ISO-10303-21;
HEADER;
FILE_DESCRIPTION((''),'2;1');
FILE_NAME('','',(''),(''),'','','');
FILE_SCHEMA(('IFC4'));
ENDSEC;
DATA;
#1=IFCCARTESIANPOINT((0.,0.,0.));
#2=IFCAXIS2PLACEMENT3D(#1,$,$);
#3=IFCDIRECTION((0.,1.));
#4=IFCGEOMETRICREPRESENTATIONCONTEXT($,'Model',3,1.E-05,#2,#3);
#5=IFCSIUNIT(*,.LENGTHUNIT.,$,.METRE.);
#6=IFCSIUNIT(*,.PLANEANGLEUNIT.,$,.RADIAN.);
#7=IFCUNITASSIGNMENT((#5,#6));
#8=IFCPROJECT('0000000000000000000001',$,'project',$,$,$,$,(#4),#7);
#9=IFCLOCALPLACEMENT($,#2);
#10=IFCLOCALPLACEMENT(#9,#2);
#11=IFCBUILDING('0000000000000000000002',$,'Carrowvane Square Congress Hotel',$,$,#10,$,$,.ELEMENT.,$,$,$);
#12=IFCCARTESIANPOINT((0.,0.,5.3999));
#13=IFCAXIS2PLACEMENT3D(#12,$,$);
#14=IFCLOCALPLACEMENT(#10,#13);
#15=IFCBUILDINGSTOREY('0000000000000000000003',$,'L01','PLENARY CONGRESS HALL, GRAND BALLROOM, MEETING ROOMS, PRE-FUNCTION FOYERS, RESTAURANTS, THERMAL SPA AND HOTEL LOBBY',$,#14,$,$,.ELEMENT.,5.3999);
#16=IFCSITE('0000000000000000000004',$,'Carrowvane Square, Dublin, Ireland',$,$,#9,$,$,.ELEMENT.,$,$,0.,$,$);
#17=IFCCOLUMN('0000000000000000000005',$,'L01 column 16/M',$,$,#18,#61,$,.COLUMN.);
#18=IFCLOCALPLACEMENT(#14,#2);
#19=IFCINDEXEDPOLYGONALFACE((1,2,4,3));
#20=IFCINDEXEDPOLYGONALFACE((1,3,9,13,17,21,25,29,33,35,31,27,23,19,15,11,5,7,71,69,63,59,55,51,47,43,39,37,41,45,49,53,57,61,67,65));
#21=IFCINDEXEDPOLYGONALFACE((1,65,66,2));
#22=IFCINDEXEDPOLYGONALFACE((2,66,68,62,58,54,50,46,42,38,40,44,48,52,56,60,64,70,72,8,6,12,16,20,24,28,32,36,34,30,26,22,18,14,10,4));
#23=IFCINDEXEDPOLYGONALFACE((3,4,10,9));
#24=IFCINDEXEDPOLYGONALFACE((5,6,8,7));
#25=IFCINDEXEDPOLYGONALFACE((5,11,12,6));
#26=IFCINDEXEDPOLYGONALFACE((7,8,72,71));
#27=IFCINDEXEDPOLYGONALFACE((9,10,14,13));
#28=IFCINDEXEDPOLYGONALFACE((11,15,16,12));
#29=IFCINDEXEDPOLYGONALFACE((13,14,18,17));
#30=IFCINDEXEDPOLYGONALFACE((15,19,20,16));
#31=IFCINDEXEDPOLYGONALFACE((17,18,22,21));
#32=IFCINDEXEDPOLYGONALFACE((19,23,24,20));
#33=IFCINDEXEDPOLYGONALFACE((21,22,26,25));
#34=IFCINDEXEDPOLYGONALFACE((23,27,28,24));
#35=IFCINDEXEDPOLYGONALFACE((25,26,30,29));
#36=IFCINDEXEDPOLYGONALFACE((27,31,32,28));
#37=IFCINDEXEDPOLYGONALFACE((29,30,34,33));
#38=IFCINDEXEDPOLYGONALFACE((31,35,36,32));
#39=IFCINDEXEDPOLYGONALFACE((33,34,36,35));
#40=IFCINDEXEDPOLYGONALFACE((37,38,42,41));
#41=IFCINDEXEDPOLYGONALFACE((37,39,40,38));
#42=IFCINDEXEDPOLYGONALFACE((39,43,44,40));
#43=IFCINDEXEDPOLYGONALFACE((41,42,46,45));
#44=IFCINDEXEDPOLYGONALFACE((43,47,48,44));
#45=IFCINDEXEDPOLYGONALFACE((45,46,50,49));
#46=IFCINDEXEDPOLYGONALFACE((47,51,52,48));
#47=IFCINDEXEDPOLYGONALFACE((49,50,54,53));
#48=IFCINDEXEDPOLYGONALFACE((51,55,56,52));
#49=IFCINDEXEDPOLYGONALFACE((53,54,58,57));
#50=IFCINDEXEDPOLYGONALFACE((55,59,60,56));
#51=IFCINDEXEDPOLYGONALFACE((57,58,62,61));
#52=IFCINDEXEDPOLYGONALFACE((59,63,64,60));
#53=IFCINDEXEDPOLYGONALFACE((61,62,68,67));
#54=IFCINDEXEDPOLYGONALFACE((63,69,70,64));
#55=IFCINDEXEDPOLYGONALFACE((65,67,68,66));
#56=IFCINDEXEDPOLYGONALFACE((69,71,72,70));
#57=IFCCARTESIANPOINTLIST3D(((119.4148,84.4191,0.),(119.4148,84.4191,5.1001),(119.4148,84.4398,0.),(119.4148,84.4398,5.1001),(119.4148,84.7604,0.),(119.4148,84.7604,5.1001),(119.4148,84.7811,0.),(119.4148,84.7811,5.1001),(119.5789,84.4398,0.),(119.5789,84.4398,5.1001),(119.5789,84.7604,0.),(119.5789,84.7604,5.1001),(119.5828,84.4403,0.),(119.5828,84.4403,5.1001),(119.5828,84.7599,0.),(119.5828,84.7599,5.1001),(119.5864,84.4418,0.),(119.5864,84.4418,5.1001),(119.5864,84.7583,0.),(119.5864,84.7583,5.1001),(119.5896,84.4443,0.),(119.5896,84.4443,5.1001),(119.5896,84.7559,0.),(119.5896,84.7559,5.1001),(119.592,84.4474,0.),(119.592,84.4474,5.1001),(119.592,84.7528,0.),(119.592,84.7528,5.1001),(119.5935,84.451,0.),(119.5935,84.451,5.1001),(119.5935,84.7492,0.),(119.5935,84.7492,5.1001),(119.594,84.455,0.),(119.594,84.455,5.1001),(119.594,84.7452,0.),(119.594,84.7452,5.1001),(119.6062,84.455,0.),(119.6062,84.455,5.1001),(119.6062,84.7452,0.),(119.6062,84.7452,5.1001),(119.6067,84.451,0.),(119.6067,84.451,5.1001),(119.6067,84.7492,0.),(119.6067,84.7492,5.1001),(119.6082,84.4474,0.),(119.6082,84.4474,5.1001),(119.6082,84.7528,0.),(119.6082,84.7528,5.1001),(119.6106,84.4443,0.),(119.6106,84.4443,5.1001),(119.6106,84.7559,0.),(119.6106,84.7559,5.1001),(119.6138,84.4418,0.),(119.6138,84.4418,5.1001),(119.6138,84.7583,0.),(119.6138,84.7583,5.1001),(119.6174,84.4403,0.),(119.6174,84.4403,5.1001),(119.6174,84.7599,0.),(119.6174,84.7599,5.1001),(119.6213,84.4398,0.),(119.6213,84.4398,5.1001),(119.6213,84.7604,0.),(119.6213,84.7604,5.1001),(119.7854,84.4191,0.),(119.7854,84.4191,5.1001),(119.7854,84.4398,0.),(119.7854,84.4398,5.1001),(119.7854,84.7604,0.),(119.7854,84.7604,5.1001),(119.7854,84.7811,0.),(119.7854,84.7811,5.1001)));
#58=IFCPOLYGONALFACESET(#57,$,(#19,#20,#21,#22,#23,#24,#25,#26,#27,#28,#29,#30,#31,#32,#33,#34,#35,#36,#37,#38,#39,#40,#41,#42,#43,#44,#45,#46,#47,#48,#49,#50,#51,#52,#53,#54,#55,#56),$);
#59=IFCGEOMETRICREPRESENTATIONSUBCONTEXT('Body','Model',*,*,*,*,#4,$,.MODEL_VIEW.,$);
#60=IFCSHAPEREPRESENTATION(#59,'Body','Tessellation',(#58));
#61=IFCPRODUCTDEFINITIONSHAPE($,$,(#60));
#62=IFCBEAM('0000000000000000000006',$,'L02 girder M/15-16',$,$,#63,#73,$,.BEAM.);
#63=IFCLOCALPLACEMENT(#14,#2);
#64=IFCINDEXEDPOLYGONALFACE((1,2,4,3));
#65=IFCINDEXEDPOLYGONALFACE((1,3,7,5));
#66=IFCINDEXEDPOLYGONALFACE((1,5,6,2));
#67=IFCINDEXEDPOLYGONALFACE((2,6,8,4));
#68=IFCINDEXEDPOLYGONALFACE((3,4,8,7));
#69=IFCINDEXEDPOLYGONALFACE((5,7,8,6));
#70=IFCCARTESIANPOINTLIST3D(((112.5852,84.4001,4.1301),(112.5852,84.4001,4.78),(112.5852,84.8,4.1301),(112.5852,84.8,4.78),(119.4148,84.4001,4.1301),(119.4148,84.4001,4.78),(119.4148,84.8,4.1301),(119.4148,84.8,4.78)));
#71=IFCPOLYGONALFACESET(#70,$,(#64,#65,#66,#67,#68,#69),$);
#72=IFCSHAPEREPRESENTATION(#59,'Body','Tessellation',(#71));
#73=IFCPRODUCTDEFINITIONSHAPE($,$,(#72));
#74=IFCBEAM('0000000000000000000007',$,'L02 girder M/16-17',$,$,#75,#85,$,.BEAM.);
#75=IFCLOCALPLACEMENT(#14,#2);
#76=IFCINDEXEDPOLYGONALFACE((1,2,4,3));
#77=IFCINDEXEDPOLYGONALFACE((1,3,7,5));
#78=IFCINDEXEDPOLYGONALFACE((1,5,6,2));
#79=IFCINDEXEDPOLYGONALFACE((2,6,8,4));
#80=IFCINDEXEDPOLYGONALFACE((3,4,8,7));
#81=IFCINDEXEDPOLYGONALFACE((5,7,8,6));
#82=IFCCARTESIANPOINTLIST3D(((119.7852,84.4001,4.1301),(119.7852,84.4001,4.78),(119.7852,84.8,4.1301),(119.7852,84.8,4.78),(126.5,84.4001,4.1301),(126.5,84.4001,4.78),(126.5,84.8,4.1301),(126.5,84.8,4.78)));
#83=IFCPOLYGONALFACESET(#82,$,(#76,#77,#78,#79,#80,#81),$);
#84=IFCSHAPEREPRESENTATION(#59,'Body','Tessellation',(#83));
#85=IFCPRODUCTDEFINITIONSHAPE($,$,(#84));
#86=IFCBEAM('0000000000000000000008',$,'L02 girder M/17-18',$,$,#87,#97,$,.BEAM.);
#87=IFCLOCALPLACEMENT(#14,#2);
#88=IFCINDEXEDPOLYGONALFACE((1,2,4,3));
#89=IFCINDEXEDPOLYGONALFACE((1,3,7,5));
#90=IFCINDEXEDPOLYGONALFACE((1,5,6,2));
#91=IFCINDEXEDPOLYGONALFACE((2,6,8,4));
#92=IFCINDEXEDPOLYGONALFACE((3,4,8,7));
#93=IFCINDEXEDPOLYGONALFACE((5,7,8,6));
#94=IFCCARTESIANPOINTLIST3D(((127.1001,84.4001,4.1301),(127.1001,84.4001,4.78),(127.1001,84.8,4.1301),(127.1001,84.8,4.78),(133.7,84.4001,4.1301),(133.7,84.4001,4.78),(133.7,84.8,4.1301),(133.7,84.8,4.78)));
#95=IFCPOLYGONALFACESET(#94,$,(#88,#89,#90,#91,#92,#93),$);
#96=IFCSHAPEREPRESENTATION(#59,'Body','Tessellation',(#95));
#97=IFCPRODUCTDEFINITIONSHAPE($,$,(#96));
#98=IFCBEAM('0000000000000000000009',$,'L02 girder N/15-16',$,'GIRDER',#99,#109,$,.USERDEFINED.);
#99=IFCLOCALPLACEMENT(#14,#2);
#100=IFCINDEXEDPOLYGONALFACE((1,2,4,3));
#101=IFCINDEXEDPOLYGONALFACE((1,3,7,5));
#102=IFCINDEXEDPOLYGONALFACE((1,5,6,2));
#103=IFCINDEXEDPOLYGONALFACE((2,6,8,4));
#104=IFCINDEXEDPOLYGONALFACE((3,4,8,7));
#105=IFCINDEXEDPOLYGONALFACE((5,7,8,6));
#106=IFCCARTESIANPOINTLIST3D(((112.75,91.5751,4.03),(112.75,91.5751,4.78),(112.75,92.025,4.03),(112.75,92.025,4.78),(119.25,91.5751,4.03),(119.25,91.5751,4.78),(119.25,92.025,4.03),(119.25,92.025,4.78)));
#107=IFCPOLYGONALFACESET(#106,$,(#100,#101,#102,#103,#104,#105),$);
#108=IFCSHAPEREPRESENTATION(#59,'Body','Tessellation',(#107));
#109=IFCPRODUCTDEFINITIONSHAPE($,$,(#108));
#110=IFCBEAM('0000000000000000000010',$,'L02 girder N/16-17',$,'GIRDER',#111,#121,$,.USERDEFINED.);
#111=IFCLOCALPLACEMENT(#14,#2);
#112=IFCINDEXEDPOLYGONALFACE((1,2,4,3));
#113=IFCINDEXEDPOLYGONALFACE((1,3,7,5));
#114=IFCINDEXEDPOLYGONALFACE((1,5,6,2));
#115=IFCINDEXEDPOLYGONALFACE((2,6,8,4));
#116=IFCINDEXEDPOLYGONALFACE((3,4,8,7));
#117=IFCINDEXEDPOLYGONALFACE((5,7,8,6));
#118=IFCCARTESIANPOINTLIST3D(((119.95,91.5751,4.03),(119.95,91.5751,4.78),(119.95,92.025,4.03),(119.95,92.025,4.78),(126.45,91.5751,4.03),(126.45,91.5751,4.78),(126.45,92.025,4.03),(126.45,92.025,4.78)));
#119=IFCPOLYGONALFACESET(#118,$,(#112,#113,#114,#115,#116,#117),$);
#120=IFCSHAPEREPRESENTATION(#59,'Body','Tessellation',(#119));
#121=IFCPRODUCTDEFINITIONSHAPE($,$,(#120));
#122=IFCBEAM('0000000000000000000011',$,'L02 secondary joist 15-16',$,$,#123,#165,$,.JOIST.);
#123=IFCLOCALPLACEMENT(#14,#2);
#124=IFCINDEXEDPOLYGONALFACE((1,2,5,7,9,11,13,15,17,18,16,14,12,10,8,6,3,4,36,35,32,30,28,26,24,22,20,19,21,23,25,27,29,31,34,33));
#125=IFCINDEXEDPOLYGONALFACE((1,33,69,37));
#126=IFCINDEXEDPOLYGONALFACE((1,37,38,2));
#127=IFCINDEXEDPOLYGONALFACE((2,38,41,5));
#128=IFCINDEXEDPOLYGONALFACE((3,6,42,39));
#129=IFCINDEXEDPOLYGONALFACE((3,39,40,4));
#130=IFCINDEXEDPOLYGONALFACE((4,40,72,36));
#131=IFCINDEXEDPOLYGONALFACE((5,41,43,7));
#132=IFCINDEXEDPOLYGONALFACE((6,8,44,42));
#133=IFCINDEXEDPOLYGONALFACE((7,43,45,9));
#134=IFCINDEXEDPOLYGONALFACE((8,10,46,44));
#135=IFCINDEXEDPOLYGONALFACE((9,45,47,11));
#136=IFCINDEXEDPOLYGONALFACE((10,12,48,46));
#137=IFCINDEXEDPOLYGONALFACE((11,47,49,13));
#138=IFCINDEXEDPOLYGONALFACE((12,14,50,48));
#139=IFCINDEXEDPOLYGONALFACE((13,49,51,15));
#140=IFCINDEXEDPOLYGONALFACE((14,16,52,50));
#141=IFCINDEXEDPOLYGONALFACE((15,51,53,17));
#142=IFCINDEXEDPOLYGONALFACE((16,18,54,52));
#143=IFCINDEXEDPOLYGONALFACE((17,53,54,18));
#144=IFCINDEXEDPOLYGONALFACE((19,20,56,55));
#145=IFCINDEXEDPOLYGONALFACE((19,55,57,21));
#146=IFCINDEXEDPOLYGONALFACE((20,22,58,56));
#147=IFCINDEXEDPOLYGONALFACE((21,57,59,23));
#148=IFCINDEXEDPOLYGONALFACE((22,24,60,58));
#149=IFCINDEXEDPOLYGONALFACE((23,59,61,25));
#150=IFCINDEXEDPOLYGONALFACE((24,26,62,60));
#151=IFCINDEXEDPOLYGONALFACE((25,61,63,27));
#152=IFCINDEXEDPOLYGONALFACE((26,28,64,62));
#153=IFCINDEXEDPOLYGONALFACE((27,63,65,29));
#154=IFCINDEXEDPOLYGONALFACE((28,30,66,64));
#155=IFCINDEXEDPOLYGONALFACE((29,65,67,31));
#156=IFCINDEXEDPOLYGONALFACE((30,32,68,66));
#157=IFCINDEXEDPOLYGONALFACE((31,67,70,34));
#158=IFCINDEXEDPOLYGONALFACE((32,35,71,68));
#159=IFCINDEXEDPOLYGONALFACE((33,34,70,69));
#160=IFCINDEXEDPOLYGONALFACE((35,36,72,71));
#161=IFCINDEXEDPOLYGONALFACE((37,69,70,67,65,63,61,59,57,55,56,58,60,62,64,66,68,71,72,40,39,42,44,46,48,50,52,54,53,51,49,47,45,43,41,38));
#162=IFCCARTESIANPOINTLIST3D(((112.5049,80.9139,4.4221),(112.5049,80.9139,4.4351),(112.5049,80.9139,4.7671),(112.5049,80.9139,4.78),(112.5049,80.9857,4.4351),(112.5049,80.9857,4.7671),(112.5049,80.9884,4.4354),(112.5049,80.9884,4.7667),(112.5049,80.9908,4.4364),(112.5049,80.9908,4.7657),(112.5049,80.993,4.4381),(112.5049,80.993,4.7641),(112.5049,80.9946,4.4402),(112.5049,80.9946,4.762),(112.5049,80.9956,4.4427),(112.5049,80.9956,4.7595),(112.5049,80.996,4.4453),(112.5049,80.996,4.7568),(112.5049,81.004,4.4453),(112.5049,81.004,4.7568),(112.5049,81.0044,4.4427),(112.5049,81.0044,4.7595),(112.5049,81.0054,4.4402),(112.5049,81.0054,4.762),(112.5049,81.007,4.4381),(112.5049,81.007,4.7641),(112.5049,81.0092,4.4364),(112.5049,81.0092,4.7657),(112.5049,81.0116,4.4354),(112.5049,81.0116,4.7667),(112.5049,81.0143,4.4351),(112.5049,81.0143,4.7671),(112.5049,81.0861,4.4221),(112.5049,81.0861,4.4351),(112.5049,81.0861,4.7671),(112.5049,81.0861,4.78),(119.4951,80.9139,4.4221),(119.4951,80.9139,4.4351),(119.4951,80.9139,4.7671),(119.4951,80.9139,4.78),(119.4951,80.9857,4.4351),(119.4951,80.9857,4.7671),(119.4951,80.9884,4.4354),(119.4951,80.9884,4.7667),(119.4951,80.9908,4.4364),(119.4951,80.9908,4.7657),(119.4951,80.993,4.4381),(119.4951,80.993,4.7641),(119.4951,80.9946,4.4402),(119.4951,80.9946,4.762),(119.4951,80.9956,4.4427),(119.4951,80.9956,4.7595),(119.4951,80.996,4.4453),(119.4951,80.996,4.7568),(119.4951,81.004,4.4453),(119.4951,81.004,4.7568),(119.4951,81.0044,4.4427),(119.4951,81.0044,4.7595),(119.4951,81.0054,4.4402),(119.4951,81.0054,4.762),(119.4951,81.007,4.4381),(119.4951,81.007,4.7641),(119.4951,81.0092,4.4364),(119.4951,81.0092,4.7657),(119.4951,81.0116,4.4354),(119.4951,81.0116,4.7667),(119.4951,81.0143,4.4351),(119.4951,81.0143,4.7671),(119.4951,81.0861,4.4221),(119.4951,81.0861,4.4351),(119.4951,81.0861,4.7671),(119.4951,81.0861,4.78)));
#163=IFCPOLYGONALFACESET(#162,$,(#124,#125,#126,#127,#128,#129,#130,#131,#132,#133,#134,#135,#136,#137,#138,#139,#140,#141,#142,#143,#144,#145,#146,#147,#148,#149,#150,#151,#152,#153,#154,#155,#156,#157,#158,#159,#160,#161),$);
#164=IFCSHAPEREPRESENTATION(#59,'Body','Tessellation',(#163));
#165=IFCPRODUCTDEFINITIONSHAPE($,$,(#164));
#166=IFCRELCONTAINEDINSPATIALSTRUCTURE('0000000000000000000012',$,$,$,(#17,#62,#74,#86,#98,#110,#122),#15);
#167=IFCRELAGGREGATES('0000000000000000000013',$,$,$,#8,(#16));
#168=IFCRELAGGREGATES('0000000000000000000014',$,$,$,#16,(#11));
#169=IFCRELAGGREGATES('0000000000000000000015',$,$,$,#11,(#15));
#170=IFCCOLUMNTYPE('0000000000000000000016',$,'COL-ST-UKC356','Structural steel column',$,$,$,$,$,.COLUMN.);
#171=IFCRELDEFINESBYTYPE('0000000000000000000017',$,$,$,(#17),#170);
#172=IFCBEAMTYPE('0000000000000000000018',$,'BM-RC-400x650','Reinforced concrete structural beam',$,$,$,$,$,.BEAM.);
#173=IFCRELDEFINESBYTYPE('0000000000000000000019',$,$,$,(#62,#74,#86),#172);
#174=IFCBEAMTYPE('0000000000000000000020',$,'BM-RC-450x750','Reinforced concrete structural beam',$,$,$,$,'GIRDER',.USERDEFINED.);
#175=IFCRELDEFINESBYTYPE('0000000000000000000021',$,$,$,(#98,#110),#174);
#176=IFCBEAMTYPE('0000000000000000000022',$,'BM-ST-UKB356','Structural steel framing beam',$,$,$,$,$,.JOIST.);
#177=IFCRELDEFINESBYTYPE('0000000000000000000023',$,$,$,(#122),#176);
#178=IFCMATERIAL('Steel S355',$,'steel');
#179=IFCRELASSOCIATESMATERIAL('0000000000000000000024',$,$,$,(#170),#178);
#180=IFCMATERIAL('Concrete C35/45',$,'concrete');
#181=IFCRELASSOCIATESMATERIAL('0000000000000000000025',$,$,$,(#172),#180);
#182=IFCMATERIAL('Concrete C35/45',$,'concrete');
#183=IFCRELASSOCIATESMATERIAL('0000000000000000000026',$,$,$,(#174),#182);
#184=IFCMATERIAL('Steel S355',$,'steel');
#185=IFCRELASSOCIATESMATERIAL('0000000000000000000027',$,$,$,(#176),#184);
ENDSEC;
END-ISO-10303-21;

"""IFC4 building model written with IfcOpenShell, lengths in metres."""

from ifc_helpers import new_model, si_unit, direction, frame, origin, origin_2d, place, context, subcontext, project, spatial, rectangle, i_section, extrude, material, material_profile, profile_set, type_object, element, save


model = new_model("IFC4")

# Units and contexts
model_context = context("Model", 3, precision=1e-05, world=origin(), true_north=direction((0.0, 1.0)))
body_context = subcontext(model_context, "Body", "Model", "MODEL_VIEW")
ifc_project = project(units=[si_unit("LENGTHUNIT", "METRE"), si_unit("PLANEANGLEUNIT", "RADIAN")], contexts=[model_context])

# Site, building, storey
site_placement = place(None, origin())
site = spatial("IfcSite", under=ifc_project, at=site_placement, Name="Carrowvane Square, Dublin, Ireland", CompositionType="ELEMENT", RefElevation=0.0)
building_placement = place(site_placement, origin())
building = spatial("IfcBuilding", under=site, at=building_placement, Name="Carrowvane Square Congress Hotel", CompositionType="ELEMENT")
storey_placement = place(building_placement, frame((0.0, 0.0, 5.3999)))
storey = spatial("IfcBuildingStorey", under=building, at=storey_placement, Name="L01", Description="PLENARY CONGRESS HALL, GRAND BALLROOM, MEETING ROOMS, PRE-FUNCTION FOYERS, RESTAURANTS, THERMAL SPA AND HOTEL LOBBY", CompositionType="ELEMENT", Elevation=5.3999)

# Column
ifc_material_1 = material(Name="Steel S355", Category="steel")
ifc_material_profile_1 = material_profile(ifc_material_1, i_section(OverallWidth=0.3706, OverallDepth=0.3621, WebThickness=0.0122, FlangeThickness=0.0208, FilletRadius=0.0151, at=origin_2d()), Name="UKC 356x368x153")
ifc_profile_set_1 = profile_set([ifc_material_profile_1], Name="Steel S355")
column_type_1 = type_object("IfcColumnType", Name="COL-ST-UKC356", Description="Structural steel column", PredefinedType="COLUMN", material=ifc_profile_set_1)
for number, where, z_axis, x_axis, name in (
    (1, (119.6001, 84.6001, 0.0), (0.0, 0.0, 1.0), (1.0, 0.0, 0.0), "L01 column 16/M"),
):
    element("IfcColumn", number, at=place(storey_placement, frame(where, z_axis=z_axis, x_axis=x_axis)), inside=storey, type_object=column_type_1, Name=name, PredefinedType="COLUMN", context=body_context, shape_type="SweptSolid", body=[
        extrude(i_section(OverallWidth=0.3706, OverallDepth=0.3621, WebThickness=0.0122, FlangeThickness=0.0208, FilletRadius=0.0151, at=origin_2d()), origin(), (0.0, 0.0, 1.0), 5.1001),
    ])

# Beams
ifc_material_2 = material(Name="Concrete C35/45", Category="concrete")
ifc_material_profile_2 = material_profile(ifc_material_2, rectangle(XDim=0.3999, YDim=0.6499, at=origin_2d()), Name="RC 400x650")
ifc_profile_set_2 = profile_set([ifc_material_profile_2], Name="Concrete C35/45")
beam_type_1 = type_object("IfcBeamType", Name="BM-RC-400x650", Description="Reinforced concrete structural beam", PredefinedType="BEAM", material=ifc_profile_set_2)
beam_1_placement = place(storey_placement, frame((112.5852, 84.6001, 4.4551), z_axis=(1.0, 0.0, 0.0), x_axis=(0.0, 1.0, 0.0)))
element("IfcBeam", 2, at=beam_1_placement, inside=storey, type_object=beam_type_1, Name="L02 girder M/15-16", PredefinedType="BEAM", context=body_context, shape_type="SweptSolid", body=[
    extrude(rectangle(XDim=0.3999, YDim=0.6499, at=origin_2d()), origin(), (0.0, 0.0, 1.0), 6.8296),
])
beam_2_placement = place(storey_placement, frame((119.7852, 84.6001, 4.4551), z_axis=(1.0, 0.0, 0.0), x_axis=(0.0, 1.0, 0.0)))
element("IfcBeam", 3, at=beam_2_placement, inside=storey, type_object=beam_type_1, Name="L02 girder M/16-17", PredefinedType="BEAM", context=body_context, shape_type="SweptSolid", body=[
    extrude(rectangle(XDim=0.3999, YDim=0.6499, at=origin_2d()), origin(), (0.0, 0.0, 1.0), 6.7148),
])
beam_3_placement = place(storey_placement, frame((127.1001, 84.6001, 4.4551), z_axis=(1.0, 0.0, 0.0), x_axis=(0.0, 1.0, 0.0)))
element("IfcBeam", 4, at=beam_3_placement, inside=storey, type_object=beam_type_1, Name="L02 girder M/17-18", PredefinedType="BEAM", context=body_context, shape_type="SweptSolid", body=[
    extrude(rectangle(XDim=0.3999, YDim=0.6499, at=origin_2d()), origin(), (0.0, 0.0, 1.0), 6.5999),
])
ifc_material_3 = material(Name="Concrete C35/45", Category="concrete")
ifc_material_profile_3 = material_profile(ifc_material_3, rectangle(XDim=0.45, YDim=0.75, at=origin_2d()), Name="RC 450x750")
ifc_profile_set_3 = profile_set([ifc_material_profile_3], Name="Concrete C35/45")
beam_type_2 = type_object("IfcBeamType", Name="BM-RC-450x750", Description="Reinforced concrete structural beam", ElementType="GIRDER", PredefinedType="USERDEFINED", material=ifc_profile_set_3)
for number, where, z_axis, x_axis, name in (
    (5, (112.75, 91.8, 4.405), (1.0, 0.0, 0.0), (0.0, 1.0, 0.0), "L02 girder N/15-16"),
    (6, (119.95, 91.8, 4.405), (1.0, 0.0, 0.0), (0.0, 1.0, 0.0), "L02 girder N/16-17"),
):
    element("IfcBeam", number, at=place(storey_placement, frame(where, z_axis=z_axis, x_axis=x_axis)), inside=storey, type_object=beam_type_2, Name=name, ObjectType="GIRDER", PredefinedType="USERDEFINED", context=body_context, shape_type="SweptSolid", body=[
        extrude(rectangle(XDim=0.45, YDim=0.75, at=origin_2d()), origin(), (0.0, 0.0, 1.0), 6.5),
    ])
ifc_material_4 = material(Name="Steel S355", Category="steel")
ifc_material_profile_4 = material_profile(ifc_material_4, i_section(OverallWidth=0.1721, OverallDepth=0.3579, WebThickness=0.0081, FlangeThickness=0.0129, FilletRadius=0.0103, at=origin_2d()), Name="UKB 356x171x57")
ifc_profile_set_4 = profile_set([ifc_material_profile_4], Name="Steel S355")
beam_type_3 = type_object("IfcBeamType", Name="BM-ST-UKB356", Description="Structural steel framing beam", PredefinedType="JOIST", material=ifc_profile_set_4)
for number, where, z_axis, x_axis, name in (
    (7, (112.5049, 81.0, 4.6011), (1.0, 0.0, 0.0), (0.0, 1.0, 0.0), "L02 secondary joist 15-16"),
):
    element("IfcBeam", number, at=place(storey_placement, frame(where, z_axis=z_axis, x_axis=x_axis)), inside=storey, type_object=beam_type_3, Name=name, PredefinedType="JOIST", context=body_context, shape_type="SweptSolid", body=[
        extrude(i_section(OverallWidth=0.1721, OverallDepth=0.3579, WebThickness=0.0081, FlangeThickness=0.0129, FilletRadius=0.0103, at=origin_2d()), origin(), (0.0, 0.0, 1.0), 6.9902),
    ])

save(model, "model.ifc")
